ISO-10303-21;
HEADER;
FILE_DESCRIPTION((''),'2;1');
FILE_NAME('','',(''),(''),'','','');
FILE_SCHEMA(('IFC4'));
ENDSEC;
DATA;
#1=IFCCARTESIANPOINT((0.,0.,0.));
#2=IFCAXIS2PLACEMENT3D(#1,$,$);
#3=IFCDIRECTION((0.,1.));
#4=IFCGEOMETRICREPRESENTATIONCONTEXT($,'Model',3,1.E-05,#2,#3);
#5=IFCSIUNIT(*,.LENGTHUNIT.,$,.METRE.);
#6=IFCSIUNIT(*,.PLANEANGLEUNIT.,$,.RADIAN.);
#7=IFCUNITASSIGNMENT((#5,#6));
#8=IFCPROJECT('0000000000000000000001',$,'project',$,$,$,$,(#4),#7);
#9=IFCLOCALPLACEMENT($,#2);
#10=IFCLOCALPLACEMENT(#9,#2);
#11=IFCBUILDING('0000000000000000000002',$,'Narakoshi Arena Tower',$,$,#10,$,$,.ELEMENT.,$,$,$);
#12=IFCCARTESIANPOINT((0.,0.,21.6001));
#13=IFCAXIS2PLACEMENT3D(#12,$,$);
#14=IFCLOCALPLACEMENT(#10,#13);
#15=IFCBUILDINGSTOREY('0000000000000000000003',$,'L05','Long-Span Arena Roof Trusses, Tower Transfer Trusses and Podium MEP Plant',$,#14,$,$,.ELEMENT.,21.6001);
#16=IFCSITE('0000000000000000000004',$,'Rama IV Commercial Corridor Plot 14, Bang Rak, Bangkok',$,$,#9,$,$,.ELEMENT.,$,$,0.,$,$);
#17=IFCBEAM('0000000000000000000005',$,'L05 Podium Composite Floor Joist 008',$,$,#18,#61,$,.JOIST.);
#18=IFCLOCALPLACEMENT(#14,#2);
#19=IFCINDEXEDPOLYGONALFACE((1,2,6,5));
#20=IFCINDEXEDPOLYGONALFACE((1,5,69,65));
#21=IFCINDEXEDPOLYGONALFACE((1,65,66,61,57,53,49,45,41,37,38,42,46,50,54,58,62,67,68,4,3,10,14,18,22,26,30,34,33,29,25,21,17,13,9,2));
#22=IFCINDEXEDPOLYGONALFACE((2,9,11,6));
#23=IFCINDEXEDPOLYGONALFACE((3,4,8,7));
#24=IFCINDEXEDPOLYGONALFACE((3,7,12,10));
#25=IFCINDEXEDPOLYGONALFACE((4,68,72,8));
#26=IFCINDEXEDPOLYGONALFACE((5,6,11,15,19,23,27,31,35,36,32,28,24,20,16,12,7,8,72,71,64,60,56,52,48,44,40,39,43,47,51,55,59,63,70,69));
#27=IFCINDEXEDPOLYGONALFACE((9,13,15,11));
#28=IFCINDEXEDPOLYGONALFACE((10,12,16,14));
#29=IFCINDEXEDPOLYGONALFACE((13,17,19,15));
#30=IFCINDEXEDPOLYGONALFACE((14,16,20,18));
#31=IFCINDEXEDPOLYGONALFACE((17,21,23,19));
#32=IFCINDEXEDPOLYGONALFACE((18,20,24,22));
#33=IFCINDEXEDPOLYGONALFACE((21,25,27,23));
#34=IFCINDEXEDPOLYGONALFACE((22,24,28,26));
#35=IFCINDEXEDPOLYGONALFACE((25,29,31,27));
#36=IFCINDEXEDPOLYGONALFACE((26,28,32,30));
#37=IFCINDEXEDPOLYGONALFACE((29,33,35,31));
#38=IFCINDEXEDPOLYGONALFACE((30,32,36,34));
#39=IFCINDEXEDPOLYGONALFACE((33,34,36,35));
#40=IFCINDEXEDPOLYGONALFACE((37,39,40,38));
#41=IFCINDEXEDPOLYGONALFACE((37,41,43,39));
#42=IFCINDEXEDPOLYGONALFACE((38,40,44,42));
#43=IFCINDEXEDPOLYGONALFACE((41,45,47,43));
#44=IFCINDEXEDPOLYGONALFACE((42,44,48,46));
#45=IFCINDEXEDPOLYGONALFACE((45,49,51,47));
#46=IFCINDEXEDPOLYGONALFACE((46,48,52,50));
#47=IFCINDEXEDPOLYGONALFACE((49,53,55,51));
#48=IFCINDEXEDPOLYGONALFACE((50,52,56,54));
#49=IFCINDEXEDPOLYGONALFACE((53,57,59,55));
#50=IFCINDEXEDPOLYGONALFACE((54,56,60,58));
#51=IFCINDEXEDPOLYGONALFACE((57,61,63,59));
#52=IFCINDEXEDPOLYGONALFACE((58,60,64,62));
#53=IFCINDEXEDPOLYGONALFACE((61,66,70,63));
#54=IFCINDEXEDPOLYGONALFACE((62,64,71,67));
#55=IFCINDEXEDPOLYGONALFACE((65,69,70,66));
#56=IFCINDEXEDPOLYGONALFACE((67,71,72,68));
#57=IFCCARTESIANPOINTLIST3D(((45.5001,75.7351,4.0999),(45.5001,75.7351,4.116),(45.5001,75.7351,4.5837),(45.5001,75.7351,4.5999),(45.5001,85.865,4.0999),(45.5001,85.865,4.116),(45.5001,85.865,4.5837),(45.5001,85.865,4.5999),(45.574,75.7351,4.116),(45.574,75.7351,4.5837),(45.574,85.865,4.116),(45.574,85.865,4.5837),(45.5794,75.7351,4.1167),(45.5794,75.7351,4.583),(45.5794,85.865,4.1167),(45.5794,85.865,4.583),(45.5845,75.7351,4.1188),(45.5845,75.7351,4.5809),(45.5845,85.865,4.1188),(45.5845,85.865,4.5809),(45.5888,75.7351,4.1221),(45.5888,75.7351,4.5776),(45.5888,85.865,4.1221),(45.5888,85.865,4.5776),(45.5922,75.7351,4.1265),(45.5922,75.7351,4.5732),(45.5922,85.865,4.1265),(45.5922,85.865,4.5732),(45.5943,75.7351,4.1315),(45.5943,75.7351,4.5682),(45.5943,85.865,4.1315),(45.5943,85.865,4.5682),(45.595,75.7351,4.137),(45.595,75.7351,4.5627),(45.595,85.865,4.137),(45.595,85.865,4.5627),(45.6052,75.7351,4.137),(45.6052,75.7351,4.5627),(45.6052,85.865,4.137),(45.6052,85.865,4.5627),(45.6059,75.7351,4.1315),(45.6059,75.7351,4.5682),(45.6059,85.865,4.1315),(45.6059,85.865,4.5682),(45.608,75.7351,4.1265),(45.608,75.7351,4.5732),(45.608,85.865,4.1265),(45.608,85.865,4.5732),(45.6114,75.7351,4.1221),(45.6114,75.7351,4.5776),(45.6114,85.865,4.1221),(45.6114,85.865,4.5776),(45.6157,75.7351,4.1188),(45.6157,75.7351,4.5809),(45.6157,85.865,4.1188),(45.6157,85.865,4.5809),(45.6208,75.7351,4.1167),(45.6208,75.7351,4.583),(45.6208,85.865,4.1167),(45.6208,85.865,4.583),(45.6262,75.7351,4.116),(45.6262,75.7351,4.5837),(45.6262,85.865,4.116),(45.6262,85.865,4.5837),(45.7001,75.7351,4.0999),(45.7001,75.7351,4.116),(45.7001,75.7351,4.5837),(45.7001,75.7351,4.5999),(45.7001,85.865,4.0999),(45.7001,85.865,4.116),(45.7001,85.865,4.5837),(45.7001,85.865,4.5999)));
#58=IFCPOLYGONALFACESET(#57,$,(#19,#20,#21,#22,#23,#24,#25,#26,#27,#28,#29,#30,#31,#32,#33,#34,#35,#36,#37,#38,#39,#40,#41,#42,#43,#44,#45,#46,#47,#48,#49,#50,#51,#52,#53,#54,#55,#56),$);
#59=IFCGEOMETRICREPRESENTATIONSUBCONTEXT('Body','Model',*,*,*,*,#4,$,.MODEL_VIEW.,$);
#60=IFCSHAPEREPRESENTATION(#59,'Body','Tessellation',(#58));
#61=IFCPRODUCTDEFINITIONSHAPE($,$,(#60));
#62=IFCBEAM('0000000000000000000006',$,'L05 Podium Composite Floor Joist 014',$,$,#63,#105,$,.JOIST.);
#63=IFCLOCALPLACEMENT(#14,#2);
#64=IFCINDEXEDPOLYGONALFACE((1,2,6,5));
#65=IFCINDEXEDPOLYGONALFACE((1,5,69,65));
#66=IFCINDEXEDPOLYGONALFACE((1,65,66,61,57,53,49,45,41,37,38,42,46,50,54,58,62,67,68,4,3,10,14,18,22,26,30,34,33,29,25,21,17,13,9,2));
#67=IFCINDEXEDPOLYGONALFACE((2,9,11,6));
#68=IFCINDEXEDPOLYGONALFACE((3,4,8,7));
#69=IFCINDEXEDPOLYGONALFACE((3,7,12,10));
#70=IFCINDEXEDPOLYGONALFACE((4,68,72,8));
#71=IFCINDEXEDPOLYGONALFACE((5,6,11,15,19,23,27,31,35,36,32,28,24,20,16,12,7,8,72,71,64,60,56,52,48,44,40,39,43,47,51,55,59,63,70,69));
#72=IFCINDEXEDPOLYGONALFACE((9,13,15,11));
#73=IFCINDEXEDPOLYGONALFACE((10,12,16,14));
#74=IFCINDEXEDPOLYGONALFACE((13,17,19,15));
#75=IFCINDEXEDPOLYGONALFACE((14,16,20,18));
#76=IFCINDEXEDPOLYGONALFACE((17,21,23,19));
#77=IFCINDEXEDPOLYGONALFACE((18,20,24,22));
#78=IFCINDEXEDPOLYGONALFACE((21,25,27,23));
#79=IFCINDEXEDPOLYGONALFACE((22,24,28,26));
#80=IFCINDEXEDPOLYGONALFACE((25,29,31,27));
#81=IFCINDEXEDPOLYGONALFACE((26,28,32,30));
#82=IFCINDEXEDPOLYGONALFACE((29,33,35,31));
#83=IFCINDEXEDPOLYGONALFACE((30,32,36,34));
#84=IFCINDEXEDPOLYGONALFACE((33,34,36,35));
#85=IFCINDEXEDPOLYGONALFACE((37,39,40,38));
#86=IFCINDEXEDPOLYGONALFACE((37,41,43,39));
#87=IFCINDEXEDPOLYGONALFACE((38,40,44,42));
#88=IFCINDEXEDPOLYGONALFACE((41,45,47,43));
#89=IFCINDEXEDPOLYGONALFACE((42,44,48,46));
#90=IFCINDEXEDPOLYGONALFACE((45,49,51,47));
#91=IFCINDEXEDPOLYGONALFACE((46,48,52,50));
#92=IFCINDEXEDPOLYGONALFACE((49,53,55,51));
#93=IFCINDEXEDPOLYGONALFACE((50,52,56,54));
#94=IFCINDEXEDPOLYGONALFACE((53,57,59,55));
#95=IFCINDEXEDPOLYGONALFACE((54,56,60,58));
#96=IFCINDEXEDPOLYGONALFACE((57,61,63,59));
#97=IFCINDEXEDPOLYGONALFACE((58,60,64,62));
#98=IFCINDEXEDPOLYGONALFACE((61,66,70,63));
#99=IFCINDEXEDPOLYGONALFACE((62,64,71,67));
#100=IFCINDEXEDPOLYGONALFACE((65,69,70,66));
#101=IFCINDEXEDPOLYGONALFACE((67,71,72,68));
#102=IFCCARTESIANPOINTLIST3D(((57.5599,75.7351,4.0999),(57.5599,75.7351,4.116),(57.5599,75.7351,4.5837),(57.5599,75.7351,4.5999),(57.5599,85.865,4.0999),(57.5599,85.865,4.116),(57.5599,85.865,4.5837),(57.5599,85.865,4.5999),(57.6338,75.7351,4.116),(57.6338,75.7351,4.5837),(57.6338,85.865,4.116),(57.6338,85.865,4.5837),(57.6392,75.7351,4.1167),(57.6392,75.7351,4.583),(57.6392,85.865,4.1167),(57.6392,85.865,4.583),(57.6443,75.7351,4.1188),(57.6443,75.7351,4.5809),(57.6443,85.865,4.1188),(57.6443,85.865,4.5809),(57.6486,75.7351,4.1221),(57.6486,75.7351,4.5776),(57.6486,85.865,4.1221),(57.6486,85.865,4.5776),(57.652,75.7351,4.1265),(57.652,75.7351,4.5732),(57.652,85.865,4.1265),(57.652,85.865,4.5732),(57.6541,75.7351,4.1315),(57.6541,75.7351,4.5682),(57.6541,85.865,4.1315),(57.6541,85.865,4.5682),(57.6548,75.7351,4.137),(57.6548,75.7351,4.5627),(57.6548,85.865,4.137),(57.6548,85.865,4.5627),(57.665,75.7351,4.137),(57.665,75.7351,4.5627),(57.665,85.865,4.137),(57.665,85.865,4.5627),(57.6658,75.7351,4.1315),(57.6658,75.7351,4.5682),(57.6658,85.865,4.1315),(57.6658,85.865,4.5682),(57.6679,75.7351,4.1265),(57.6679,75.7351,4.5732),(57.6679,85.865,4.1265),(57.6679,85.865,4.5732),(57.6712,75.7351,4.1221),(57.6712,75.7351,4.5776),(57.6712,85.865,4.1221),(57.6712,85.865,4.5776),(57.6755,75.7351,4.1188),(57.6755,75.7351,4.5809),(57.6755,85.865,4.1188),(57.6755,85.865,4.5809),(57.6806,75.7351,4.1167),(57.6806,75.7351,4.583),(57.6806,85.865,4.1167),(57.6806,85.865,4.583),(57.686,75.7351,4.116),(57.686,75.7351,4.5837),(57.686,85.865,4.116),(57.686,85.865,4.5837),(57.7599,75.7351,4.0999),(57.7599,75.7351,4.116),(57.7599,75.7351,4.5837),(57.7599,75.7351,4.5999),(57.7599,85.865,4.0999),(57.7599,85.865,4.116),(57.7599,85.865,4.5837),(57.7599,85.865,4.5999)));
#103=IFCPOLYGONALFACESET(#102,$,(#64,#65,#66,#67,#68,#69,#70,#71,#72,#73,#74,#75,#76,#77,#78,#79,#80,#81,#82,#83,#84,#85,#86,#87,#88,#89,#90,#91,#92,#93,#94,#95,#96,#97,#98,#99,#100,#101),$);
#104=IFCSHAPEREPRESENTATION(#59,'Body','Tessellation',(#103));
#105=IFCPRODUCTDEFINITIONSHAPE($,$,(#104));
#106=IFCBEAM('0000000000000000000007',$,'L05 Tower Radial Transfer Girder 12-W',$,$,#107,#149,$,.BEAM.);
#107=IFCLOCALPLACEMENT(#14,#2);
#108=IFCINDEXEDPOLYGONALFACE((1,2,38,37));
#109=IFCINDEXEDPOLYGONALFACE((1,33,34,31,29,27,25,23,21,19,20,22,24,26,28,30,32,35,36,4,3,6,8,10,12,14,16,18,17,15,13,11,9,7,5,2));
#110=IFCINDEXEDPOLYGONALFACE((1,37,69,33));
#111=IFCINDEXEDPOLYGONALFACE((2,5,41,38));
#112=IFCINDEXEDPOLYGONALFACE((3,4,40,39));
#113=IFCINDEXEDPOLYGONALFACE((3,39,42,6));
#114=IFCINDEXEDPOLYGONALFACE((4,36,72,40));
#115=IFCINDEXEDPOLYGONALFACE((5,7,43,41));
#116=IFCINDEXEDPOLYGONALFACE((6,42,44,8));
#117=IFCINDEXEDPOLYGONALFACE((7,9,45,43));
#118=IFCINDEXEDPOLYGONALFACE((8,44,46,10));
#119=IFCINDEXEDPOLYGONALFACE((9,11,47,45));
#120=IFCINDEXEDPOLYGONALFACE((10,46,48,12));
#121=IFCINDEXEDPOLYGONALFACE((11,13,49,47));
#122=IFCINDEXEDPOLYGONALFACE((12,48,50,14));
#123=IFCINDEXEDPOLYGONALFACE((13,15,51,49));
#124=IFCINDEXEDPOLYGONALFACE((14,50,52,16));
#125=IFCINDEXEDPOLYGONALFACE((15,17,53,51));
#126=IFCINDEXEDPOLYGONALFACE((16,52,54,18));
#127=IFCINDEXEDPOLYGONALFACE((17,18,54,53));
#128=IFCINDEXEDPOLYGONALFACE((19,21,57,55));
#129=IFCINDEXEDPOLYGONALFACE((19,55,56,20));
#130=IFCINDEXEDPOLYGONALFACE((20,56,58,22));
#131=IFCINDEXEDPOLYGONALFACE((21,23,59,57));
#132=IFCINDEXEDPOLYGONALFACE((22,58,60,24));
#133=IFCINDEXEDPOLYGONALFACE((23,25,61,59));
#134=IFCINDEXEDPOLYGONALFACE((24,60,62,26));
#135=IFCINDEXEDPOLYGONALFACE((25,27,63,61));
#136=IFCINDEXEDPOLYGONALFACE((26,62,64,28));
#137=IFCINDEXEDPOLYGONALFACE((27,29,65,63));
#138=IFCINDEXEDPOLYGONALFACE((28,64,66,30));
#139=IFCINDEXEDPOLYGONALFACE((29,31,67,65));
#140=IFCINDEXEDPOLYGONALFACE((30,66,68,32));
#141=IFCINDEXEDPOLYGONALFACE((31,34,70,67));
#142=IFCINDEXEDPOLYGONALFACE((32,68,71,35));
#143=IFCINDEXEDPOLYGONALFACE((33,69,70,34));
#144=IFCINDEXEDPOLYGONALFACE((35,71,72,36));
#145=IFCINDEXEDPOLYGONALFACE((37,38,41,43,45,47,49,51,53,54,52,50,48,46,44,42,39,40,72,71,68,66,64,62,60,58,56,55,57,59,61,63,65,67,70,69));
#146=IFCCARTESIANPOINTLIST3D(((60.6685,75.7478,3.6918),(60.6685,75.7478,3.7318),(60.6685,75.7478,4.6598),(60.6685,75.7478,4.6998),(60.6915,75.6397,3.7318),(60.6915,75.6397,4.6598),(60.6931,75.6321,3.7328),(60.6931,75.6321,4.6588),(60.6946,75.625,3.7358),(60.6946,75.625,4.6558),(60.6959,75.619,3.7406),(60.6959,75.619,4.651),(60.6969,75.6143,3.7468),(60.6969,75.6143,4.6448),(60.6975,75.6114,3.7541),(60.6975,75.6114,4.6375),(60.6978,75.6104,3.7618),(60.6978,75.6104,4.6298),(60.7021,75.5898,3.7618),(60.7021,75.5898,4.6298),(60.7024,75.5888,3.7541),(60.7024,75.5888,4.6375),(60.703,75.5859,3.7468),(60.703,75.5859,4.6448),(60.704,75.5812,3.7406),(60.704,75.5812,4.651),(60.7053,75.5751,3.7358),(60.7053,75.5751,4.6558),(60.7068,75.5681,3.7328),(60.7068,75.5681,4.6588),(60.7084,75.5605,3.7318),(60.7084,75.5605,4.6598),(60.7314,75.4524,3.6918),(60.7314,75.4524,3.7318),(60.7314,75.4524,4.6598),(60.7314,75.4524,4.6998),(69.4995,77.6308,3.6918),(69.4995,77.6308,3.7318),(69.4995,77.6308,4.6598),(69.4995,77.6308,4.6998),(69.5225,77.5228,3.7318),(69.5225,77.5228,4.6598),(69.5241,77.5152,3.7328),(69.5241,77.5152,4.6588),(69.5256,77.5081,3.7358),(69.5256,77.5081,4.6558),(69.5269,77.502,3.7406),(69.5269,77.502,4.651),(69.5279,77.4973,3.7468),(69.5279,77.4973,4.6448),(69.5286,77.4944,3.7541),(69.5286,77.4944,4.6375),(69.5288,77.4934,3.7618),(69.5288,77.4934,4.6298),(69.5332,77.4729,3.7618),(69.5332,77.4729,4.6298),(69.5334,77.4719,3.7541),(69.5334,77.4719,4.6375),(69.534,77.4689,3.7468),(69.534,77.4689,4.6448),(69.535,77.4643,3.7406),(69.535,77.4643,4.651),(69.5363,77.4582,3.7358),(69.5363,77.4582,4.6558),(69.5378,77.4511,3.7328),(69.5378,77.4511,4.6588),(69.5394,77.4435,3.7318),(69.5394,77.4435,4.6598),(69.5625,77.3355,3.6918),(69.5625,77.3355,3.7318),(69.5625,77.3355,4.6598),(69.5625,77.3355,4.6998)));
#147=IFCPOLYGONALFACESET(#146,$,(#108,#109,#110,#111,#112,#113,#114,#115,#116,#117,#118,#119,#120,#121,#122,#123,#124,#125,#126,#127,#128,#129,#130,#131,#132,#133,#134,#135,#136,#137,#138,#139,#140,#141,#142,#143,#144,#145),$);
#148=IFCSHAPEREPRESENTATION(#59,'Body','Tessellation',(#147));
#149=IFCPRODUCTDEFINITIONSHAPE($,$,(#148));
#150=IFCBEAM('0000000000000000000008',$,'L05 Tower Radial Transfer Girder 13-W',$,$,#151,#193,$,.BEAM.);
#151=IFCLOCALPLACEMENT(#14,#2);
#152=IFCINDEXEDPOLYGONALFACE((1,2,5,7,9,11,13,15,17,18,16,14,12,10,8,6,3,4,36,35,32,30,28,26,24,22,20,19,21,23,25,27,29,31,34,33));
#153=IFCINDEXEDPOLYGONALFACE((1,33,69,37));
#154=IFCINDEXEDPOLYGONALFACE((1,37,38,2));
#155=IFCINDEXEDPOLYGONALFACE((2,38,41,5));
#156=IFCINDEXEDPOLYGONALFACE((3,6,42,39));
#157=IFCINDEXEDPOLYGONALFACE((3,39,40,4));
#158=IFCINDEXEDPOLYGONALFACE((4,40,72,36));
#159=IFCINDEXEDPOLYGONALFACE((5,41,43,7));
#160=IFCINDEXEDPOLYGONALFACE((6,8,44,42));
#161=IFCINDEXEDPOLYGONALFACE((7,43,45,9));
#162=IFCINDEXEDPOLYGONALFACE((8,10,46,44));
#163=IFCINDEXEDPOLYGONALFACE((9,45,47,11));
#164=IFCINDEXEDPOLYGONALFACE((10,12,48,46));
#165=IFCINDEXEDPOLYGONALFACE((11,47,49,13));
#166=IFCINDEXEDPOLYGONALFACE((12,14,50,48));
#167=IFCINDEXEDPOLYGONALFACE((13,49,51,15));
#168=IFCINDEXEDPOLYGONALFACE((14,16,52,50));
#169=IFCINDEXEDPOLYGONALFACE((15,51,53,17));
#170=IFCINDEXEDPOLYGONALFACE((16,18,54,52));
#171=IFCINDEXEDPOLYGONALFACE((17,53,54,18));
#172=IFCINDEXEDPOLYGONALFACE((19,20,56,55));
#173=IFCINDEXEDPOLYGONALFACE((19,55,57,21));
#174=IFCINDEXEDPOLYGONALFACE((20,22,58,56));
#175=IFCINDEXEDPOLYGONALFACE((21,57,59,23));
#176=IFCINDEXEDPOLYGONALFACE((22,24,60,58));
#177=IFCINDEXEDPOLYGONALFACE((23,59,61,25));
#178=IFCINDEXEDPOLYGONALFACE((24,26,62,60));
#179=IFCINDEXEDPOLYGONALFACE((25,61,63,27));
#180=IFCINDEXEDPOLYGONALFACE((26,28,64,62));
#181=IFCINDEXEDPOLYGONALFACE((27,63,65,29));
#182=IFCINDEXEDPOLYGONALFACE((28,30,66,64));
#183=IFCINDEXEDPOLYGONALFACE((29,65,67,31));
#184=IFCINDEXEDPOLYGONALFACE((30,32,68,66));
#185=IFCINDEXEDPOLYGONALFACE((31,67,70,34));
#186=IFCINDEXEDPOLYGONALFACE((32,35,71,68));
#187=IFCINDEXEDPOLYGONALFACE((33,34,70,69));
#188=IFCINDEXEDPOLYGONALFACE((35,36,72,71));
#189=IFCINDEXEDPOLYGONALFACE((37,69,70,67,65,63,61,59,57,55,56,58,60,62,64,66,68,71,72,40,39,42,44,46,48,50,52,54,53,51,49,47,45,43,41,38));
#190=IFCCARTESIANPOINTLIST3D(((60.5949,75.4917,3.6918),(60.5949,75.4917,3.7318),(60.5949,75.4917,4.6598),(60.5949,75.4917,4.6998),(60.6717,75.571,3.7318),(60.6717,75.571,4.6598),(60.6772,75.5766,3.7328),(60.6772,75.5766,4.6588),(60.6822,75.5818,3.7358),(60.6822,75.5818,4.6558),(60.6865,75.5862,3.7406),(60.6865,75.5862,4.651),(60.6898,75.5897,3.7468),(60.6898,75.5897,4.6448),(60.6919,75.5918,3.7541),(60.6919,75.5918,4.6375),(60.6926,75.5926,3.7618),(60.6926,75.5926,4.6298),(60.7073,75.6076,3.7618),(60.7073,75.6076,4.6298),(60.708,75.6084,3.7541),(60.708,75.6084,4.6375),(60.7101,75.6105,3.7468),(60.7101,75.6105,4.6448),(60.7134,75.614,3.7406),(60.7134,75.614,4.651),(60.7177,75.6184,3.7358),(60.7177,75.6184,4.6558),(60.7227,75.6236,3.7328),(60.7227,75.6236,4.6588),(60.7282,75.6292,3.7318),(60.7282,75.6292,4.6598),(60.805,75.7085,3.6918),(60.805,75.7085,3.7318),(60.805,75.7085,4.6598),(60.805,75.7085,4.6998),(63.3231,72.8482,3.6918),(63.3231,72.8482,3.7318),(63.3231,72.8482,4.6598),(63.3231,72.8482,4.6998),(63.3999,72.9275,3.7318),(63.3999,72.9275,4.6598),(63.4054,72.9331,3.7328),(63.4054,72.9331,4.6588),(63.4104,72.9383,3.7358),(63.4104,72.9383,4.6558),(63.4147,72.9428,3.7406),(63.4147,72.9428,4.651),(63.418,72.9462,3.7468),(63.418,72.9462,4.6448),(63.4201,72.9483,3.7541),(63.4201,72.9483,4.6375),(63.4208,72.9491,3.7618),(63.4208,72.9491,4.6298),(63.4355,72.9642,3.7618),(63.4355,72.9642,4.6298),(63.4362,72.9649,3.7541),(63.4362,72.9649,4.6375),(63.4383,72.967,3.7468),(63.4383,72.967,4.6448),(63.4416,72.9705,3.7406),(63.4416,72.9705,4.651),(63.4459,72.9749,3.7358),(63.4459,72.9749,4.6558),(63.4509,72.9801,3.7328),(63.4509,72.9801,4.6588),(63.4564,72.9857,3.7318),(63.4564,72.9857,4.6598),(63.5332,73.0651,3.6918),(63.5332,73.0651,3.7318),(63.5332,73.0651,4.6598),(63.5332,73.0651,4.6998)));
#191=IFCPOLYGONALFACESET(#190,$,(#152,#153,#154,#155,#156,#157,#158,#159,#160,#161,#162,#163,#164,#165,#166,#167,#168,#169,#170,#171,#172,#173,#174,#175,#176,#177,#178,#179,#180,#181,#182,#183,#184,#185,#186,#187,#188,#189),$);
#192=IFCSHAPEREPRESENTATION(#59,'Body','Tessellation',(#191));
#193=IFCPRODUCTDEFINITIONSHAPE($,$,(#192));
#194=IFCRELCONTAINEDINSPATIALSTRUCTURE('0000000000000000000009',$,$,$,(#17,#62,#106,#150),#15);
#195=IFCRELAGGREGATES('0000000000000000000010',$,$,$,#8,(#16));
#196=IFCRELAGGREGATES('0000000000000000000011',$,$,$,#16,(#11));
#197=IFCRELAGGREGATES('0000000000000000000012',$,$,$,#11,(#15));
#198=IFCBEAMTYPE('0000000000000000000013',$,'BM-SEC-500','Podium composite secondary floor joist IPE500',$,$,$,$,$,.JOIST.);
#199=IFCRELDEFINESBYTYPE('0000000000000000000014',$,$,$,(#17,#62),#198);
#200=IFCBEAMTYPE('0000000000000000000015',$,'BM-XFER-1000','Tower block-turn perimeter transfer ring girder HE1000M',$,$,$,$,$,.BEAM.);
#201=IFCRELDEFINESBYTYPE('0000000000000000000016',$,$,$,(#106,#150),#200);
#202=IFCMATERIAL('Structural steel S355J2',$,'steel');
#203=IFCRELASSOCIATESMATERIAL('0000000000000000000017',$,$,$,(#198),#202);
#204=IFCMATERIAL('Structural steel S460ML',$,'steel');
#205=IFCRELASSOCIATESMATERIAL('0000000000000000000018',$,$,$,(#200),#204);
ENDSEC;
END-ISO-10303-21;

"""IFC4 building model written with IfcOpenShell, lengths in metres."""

from ifc_helpers import new_model, si_unit, direction, frame, origin, origin_2d, place, context, subcontext, project, spatial, i_section, extrude, material, material_profile, profile_set, type_object, element, save


model = new_model("IFC4")

# Units and contexts
model_context = context("Model", 3, precision=1e-05, world=origin(), true_north=direction((0.0, 1.0)))
body_context = subcontext(model_context, "Body", "Model", "MODEL_VIEW")
ifc_project = project(units=[si_unit("LENGTHUNIT", "METRE"), si_unit("PLANEANGLEUNIT", "RADIAN")], contexts=[model_context])

# Site, building, storey
site_placement = place(None, origin())
site = spatial("IfcSite", under=ifc_project, at=site_placement, Name="Rama IV Commercial Corridor Plot 14, Bang Rak, Bangkok", CompositionType="ELEMENT", RefElevation=0.0)
building_placement = place(site_placement, origin())
building = spatial("IfcBuilding", under=site, at=building_placement, Name="Narakoshi Arena Tower", CompositionType="ELEMENT")
storey_placement = place(building_placement, frame((0.0, 0.0, 21.6001)))
storey = spatial("IfcBuildingStorey", under=building, at=storey_placement, Name="L05", Description="Long-Span Arena Roof Trusses, Tower Transfer Trusses and Podium MEP Plant", CompositionType="ELEMENT", Elevation=21.6001)

# Shared definitions
ifc_material_1 = material(Name="Structural steel S355J2", Category="steel")

# Beams
ifc_material_2 = material(Name="Structural steel S460ML", Category="steel")
ifc_material_profile_1 = material_profile(ifc_material_1, i_section(OverallWidth=0.2, OverallDepth=0.5, WebThickness=0.0103, FlangeThickness=0.0161, FilletRadius=0.021, at=origin_2d()), Name="IPE500")
ifc_profile_set_1 = profile_set([ifc_material_profile_1], Name="Structural steel S355J2")
beam_type_1 = type_object("IfcBeamType", Name="BM-SEC-500", Description="Podium composite secondary floor joist IPE500", PredefinedType="JOIST", material=ifc_profile_set_1)
for number, where, z_axis, x_axis, name in (
    (1, (45.6001, 75.7351, 4.3499), (0.0, 1.0, 0.0), (-1.0, 0.0, 0.0), "L05 Podium Composite Floor Joist 008"),
    (2, (57.6599, 75.7351, 4.3499), (0.0, 1.0, 0.0), (-1.0, 0.0, 0.0), "L05 Podium Composite Floor Joist 014"),
):
    element("IfcBeam", number, at=place(storey_placement, frame(where, z_axis=z_axis, x_axis=x_axis)), inside=storey, type_object=beam_type_1, Name=name, PredefinedType="JOIST", context=body_context, shape_type="SweptSolid", body=[
        extrude(i_section(OverallWidth=0.2, OverallDepth=0.5, WebThickness=0.0103, FlangeThickness=0.0161, FilletRadius=0.021, at=origin_2d()), origin(), (0.0, 0.0, 1.0), 10.1299),
    ])
ifc_material_profile_2 = material_profile(ifc_material_2, i_section(OverallWidth=0.302, OverallDepth=1.0081, WebThickness=0.021, FlangeThickness=0.04, FilletRadius=0.03, at=origin_2d()), Name="HE1000M")
ifc_profile_set_2 = profile_set([ifc_material_profile_2], Name="Structural steel S460ML")
beam_type_2 = type_object("IfcBeamType", Name="BM-XFER-1000", Description="Tower block-turn perimeter transfer ring girder HE1000M", PredefinedType="BEAM", material=ifc_profile_set_2)
beam_1_placement = place(storey_placement, frame((60.7, 75.6001, 4.1958), z_axis=(0.978013, 0.208543, 0.0), x_axis=(-0.208543, 0.978013, 0.0)))
element("IfcBeam", 3, at=beam_1_placement, inside=storey, type_object=beam_type_2, Name="L05 Tower Radial Transfer Girder 12-W", PredefinedType="BEAM", context=body_context, shape_type="SweptSolid", body=[
    extrude(i_section(OverallWidth=0.302, OverallDepth=1.0081, WebThickness=0.021, FlangeThickness=0.04, FilletRadius=0.03, at=origin_2d()), origin(), (0.0, 0.0, 1.0), 9.0295),
])
beam_2_placement = place(storey_placement, frame((60.7, 75.6001, 4.1958), z_axis=(0.718169, -0.695869, 0.0), x_axis=(0.695869, 0.718169, 0.0)))
element("IfcBeam", 4, at=beam_2_placement, inside=storey, type_object=beam_type_2, Name="L05 Tower Radial Transfer Girder 13-W", PredefinedType="BEAM", context=body_context, shape_type="SweptSolid", body=[
    extrude(i_section(OverallWidth=0.302, OverallDepth=1.0081, WebThickness=0.021, FlangeThickness=0.04, FilletRadius=0.03, at=origin_2d()), origin(), (0.0, 0.0, 1.0), 3.7988),
])

save(model, "model.ifc")
